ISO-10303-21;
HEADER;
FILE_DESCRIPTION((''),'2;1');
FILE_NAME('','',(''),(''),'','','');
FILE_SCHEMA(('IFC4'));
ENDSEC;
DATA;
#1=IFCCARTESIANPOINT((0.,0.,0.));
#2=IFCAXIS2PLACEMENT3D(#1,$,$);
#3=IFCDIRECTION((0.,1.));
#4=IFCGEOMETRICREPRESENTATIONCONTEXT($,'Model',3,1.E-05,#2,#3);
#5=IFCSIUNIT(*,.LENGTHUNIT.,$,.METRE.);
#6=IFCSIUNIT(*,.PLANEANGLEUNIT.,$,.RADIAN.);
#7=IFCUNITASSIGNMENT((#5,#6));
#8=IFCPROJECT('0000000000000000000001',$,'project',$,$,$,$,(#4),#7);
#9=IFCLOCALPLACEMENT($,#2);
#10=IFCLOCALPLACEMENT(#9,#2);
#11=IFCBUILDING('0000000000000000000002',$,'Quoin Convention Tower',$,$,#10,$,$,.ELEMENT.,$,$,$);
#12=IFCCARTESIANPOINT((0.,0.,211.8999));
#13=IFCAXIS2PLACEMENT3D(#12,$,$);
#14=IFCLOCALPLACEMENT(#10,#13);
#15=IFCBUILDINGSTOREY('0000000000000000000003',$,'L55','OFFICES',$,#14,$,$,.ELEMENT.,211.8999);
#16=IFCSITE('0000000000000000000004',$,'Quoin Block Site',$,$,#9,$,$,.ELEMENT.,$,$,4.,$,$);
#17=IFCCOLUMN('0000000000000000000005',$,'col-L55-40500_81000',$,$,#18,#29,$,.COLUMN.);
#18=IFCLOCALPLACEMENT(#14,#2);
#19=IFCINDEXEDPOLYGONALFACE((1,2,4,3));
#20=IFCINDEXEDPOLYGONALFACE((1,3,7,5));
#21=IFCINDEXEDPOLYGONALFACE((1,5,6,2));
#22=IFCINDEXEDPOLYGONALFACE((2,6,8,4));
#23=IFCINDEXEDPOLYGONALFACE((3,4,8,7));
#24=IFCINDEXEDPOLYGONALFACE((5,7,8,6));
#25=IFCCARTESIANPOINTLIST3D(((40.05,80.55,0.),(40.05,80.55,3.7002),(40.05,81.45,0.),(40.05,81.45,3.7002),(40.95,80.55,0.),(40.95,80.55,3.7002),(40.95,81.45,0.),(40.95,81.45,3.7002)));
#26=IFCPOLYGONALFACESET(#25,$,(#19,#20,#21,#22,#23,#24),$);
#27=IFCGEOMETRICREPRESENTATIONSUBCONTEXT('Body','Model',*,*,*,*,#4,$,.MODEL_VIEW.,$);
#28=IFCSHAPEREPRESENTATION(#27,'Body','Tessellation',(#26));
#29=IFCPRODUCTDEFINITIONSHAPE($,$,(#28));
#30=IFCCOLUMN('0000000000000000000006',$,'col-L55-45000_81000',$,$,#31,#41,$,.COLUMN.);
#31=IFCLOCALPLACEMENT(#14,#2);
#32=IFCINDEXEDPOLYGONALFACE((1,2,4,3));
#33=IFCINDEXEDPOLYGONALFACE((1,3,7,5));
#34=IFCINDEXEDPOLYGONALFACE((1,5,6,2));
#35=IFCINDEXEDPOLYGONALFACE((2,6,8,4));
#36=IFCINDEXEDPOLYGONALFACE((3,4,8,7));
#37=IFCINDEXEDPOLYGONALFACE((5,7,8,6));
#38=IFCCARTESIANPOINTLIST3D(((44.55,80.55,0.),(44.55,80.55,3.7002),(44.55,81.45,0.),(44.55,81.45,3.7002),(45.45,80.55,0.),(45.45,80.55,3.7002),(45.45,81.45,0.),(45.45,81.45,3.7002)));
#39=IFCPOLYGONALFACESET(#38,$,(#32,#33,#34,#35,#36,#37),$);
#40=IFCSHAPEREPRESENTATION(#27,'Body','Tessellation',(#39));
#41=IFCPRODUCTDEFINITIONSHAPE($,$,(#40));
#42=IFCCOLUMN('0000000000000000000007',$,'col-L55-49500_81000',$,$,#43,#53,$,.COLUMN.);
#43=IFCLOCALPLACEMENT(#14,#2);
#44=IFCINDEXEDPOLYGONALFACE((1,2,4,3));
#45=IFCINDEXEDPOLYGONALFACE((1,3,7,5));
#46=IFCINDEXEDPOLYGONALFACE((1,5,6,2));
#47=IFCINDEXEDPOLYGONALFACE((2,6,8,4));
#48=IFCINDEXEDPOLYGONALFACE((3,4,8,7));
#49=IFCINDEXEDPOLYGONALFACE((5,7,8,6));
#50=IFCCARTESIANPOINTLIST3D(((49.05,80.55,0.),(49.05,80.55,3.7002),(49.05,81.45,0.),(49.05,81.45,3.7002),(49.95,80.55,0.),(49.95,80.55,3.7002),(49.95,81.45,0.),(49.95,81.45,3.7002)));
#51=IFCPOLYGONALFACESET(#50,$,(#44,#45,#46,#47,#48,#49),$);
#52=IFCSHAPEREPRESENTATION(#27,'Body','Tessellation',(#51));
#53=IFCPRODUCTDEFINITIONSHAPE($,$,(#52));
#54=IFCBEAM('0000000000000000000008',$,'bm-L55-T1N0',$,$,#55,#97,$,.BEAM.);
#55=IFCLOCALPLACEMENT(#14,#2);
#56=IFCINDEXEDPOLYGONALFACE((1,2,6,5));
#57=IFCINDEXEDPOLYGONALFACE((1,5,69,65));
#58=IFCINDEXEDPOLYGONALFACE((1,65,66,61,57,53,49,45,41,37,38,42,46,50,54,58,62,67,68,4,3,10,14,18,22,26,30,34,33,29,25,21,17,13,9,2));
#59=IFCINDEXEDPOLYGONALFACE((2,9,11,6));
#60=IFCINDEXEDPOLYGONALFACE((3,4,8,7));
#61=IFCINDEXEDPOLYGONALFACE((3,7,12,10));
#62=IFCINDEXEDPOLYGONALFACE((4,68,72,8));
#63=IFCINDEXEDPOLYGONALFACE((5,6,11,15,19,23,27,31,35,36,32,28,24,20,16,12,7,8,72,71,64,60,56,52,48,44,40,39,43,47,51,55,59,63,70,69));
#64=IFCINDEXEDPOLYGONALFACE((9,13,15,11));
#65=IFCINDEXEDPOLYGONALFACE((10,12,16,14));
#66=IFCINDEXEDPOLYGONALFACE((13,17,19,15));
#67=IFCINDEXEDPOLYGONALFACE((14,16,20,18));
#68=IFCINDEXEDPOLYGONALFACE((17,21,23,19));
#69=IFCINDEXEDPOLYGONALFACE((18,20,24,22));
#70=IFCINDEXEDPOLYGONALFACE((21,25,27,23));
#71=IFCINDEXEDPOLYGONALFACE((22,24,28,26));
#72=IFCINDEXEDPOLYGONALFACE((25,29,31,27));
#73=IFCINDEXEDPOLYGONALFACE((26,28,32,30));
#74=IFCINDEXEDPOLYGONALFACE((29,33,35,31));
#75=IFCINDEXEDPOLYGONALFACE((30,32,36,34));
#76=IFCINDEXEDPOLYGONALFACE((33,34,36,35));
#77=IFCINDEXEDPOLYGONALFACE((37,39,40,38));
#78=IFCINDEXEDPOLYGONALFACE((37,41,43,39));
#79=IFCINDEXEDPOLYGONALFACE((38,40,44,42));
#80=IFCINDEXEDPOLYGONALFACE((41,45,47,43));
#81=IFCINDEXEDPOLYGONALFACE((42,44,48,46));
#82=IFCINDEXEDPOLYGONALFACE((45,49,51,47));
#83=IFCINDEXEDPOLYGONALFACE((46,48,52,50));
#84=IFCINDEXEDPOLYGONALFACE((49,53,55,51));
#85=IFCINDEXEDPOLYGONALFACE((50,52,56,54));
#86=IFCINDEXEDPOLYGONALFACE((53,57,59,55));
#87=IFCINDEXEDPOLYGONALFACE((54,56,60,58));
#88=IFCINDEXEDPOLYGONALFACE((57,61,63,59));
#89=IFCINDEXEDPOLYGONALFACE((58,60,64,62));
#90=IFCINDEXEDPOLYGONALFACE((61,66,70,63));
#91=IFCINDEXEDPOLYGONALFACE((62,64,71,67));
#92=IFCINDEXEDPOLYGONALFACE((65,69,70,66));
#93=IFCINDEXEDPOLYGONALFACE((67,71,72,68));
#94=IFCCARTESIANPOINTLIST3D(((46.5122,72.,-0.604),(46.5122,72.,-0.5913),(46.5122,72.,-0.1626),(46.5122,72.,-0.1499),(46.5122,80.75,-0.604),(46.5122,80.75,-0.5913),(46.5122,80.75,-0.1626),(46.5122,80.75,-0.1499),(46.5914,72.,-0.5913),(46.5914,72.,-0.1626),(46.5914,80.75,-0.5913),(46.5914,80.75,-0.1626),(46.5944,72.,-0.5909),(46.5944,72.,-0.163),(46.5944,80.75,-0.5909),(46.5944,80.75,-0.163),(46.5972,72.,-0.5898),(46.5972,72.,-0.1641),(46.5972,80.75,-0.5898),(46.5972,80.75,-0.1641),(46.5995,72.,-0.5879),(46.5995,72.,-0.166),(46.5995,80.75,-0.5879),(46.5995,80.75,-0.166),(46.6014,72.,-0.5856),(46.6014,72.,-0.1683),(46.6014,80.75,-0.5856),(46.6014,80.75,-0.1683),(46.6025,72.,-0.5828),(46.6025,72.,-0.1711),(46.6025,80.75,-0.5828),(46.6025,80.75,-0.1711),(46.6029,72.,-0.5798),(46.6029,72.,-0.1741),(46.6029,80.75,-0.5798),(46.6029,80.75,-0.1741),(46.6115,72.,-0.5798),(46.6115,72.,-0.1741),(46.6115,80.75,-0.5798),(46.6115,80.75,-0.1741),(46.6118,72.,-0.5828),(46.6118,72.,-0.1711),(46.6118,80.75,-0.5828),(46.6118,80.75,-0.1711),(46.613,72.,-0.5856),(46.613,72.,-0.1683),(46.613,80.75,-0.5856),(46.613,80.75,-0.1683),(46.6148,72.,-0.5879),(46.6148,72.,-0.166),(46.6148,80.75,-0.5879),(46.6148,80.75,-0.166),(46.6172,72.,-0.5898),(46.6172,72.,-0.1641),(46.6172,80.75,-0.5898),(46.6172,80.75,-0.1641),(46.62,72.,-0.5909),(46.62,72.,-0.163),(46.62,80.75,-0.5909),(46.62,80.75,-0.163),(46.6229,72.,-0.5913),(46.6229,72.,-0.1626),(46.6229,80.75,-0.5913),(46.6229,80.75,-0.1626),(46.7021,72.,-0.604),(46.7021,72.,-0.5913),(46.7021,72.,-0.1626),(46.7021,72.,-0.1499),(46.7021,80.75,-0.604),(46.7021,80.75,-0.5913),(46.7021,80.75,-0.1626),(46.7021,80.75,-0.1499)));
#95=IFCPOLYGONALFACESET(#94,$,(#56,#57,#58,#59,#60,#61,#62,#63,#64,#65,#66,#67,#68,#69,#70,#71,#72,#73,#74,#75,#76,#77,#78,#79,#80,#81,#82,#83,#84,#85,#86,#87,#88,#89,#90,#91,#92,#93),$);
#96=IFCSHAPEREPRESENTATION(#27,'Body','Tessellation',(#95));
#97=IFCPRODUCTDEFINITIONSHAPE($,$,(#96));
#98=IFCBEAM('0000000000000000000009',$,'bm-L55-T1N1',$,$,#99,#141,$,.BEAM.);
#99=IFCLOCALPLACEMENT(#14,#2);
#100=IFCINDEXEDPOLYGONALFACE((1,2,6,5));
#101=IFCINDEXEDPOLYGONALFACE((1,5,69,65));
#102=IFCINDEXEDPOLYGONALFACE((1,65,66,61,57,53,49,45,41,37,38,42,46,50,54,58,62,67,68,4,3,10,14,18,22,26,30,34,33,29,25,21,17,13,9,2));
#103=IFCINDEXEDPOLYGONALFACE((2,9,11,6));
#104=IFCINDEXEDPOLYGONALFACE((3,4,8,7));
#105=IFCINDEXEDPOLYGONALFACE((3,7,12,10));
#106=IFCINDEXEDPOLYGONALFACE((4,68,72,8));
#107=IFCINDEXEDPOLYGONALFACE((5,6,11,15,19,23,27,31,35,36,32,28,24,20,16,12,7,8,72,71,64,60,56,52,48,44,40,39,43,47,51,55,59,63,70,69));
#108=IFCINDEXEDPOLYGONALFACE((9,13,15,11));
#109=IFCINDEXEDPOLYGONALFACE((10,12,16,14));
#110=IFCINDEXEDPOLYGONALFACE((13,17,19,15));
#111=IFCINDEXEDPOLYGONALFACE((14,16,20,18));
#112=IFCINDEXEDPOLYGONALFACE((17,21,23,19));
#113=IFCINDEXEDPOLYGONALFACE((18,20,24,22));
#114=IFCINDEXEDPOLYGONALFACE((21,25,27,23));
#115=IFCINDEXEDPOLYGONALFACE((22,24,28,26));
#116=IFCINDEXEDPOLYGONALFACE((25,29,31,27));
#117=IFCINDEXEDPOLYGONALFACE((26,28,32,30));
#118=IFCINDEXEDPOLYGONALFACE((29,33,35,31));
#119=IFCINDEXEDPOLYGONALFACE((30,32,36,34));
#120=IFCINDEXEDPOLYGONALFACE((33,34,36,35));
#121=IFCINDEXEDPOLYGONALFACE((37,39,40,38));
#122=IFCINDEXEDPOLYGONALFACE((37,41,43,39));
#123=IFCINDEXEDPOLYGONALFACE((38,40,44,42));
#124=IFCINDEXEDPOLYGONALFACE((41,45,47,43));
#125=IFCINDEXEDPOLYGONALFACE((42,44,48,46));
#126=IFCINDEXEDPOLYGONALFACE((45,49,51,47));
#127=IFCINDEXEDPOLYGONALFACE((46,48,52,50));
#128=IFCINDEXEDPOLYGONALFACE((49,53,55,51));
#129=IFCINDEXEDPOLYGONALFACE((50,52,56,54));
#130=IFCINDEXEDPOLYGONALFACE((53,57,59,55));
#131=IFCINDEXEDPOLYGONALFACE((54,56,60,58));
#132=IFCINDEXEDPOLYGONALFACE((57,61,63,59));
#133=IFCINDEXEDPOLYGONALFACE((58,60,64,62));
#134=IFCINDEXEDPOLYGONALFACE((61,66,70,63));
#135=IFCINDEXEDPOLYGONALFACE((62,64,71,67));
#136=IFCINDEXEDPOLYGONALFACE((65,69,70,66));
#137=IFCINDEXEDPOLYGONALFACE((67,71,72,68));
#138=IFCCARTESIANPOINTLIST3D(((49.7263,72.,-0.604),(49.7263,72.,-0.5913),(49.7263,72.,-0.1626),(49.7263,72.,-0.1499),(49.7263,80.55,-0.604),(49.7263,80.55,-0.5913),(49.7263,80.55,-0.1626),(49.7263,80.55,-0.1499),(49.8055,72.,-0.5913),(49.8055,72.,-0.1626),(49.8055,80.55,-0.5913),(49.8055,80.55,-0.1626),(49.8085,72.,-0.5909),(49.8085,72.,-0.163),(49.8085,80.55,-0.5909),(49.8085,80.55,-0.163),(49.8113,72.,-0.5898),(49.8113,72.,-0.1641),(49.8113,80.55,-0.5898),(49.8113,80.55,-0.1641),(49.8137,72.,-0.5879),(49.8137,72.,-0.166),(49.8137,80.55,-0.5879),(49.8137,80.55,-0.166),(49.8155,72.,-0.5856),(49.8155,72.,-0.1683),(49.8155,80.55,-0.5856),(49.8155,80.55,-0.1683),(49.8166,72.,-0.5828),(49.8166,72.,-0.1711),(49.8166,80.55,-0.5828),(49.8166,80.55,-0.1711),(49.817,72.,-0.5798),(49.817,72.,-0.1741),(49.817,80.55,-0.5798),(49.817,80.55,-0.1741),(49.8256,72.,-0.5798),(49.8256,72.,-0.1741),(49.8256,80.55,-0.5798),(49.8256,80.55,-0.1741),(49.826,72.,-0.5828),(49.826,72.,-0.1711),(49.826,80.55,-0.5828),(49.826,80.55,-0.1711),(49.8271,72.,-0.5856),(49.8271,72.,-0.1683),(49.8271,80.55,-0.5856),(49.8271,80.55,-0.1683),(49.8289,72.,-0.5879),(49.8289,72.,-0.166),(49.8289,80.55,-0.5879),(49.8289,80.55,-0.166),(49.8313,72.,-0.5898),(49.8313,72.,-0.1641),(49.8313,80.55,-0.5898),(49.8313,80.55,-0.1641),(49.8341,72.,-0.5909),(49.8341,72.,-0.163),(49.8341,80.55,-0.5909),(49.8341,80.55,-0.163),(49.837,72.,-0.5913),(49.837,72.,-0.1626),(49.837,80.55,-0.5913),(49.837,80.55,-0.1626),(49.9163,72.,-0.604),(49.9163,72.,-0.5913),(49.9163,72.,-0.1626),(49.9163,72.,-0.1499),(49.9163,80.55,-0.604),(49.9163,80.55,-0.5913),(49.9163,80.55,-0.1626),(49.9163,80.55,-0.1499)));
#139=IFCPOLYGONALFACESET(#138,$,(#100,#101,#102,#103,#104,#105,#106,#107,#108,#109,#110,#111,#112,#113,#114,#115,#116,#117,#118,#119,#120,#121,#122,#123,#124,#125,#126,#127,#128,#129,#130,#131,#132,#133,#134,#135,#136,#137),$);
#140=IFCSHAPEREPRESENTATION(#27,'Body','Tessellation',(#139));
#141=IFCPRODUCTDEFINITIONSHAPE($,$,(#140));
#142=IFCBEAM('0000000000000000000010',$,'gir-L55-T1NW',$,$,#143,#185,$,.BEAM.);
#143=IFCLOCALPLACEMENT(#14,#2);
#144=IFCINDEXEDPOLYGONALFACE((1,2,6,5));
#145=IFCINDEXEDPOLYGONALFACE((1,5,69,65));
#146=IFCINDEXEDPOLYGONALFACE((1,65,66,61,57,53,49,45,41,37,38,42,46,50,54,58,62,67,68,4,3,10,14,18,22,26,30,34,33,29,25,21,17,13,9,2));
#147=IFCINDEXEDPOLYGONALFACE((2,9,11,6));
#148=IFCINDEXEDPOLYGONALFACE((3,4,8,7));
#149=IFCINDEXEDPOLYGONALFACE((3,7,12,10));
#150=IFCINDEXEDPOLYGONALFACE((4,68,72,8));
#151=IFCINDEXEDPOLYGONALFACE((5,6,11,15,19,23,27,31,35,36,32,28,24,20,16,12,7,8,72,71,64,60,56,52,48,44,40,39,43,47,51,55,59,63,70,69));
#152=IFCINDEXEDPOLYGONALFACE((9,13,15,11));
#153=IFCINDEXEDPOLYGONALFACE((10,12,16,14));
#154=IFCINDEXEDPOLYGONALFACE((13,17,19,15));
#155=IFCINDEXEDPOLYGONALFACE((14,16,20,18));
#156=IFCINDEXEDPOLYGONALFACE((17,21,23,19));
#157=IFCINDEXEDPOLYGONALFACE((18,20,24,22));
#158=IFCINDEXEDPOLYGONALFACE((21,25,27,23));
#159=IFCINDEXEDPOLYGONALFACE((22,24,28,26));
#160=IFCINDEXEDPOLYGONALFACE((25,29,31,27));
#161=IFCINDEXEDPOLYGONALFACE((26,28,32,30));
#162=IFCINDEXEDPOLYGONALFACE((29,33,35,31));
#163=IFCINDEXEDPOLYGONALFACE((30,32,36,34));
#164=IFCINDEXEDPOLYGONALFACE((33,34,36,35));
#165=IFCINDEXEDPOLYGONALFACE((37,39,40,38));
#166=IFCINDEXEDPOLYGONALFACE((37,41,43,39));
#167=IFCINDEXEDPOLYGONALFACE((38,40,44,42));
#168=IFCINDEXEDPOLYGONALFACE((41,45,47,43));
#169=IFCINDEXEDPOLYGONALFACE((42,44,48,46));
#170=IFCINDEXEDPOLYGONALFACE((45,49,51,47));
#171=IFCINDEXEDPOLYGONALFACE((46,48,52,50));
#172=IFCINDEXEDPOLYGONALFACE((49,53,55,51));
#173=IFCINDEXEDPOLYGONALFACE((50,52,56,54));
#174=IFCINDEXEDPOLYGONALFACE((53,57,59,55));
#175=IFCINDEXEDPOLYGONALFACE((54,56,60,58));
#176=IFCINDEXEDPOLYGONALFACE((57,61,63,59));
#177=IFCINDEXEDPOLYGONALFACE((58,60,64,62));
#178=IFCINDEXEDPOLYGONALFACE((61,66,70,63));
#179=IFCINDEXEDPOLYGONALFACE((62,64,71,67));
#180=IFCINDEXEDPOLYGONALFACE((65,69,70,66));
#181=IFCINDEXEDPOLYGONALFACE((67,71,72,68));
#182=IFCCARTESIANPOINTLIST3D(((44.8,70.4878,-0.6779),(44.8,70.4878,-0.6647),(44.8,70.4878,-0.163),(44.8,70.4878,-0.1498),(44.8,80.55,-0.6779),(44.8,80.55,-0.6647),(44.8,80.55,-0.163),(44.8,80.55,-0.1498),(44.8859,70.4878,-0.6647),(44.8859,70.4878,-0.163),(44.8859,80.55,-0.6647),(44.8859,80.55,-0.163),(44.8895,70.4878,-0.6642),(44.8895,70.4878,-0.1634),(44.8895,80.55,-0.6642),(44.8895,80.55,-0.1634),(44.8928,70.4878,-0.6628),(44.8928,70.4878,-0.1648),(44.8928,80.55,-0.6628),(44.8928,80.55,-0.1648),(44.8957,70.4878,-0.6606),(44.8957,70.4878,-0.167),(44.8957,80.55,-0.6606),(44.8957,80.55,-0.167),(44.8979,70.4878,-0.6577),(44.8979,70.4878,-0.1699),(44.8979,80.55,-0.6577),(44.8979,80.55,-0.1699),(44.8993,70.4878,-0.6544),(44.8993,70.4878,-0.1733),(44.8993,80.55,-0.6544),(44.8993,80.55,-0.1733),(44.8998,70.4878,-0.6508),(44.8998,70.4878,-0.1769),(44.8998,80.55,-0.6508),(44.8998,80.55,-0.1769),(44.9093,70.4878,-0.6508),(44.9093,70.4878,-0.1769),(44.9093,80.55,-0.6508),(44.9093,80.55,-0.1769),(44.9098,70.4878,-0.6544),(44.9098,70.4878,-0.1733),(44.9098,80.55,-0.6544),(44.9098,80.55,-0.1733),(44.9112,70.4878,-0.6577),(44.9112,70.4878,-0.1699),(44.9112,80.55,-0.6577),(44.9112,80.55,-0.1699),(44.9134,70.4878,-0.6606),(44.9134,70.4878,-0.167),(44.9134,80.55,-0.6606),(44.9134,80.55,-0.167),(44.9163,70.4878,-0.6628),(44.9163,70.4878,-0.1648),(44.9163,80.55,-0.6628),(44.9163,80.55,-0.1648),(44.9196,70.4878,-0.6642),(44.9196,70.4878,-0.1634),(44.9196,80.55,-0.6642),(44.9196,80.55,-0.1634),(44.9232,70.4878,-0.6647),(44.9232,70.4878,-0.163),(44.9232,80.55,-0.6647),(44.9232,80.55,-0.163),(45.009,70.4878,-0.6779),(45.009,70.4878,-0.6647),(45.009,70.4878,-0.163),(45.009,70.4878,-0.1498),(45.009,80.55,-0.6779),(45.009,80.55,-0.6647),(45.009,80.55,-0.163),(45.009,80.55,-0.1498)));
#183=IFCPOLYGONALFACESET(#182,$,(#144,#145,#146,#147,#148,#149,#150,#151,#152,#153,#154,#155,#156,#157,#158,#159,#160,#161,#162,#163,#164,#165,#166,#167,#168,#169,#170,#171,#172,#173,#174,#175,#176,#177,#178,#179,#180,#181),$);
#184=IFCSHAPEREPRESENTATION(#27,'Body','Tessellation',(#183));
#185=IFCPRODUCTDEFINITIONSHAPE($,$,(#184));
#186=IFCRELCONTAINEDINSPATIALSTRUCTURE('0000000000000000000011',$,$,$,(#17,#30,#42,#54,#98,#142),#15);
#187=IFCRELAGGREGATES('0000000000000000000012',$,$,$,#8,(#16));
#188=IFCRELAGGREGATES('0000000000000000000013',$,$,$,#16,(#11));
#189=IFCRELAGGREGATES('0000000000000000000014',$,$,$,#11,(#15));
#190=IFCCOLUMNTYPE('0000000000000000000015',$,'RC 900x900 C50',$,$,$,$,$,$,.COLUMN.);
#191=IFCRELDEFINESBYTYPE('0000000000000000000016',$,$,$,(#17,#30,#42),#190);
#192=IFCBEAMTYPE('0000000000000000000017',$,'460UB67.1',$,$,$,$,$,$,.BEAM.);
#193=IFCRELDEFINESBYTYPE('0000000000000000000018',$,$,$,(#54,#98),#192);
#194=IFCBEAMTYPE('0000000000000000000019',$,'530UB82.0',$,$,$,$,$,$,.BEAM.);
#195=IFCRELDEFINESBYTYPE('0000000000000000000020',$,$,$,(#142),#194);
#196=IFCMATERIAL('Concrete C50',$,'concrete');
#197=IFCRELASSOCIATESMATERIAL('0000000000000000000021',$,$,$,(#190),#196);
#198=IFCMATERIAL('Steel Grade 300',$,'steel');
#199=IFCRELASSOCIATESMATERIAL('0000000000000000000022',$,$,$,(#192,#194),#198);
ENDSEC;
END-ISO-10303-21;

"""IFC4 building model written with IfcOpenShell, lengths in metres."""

from ifc_helpers import new_model, si_unit, direction, frame, origin, origin_2d, place, context, subcontext, project, spatial, rectangle, i_section, extrude, material, material_profile, profile_set, type_object, element, save


model = new_model("IFC4")

# Units and contexts
model_context = context("Model", 3, precision=1e-05, world=origin(), true_north=direction((0.0, 1.0)))
body_context = subcontext(model_context, "Body", "Model", "MODEL_VIEW")
ifc_project = project(units=[si_unit("LENGTHUNIT", "METRE"), si_unit("PLANEANGLEUNIT", "RADIAN")], contexts=[model_context])

# Site, building, storey
site_placement = place(None, origin())
site = spatial("IfcSite", under=ifc_project, at=site_placement, Name="Quoin Block Site", CompositionType="ELEMENT", RefElevation=4.0)
building_placement = place(site_placement, origin())
building = spatial("IfcBuilding", under=site, at=building_placement, Name="Quoin Convention Tower", CompositionType="ELEMENT")
storey_placement = place(building_placement, frame((0.0, 0.0, 211.8999)))
storey = spatial("IfcBuildingStorey", under=building, at=storey_placement, Name="L55", Description="OFFICES", CompositionType="ELEMENT", Elevation=211.8999)

# Columns
ifc_material_1 = material(Name="Concrete C50", Category="concrete")
ifc_material_profile_1 = material_profile(ifc_material_1, rectangle(XDim=0.8999, YDim=0.8999, at=origin_2d()), Name="RC 900x900")
ifc_profile_set_1 = profile_set([ifc_material_profile_1], Name="Concrete C50")
column_type = type_object("IfcColumnType", Name="RC 900x900 C50", PredefinedType="COLUMN", material=ifc_profile_set_1)
for number, where, z_axis, x_axis, name in (
    (1, (40.5, 81.0, 0.0), (0.0, 0.0, 1.0), (1.0, 0.0, 0.0), "col-L55-40500_81000"),
    (2, (45.0, 81.0, 0.0), (0.0, 0.0, 1.0), (1.0, 0.0, 0.0), "col-L55-45000_81000"),
    (3, (49.5, 81.0, 0.0), (0.0, 0.0, 1.0), (1.0, 0.0, 0.0), "col-L55-49500_81000"),
):
    element("IfcColumn", number, at=place(storey_placement, frame(where, z_axis=z_axis, x_axis=x_axis)), inside=storey, type_object=column_type, Name=name, PredefinedType="COLUMN", context=body_context, shape_type="SweptSolid", body=[
        extrude(rectangle(XDim=0.8999, YDim=0.8999, at=origin_2d()), origin(), (0.0, 0.0, 1.0), 3.7002),
    ])

# Beams
ifc_material_2 = material(Name="Steel Grade 300", Category="steel")
ifc_material_profile_2 = material_profile(ifc_material_2, i_section(OverallWidth=0.1899, OverallDepth=0.4541, WebThickness=0.0085, FlangeThickness=0.0127, FilletRadius=0.0115, at=origin_2d()), Name="460UB67.1")
ifc_profile_set_2 = profile_set([ifc_material_profile_2], Name="Steel Grade 300")
beam_type_1 = type_object("IfcBeamType", Name="460UB67.1", PredefinedType="BEAM", material=ifc_profile_set_2)
beam_1_placement = place(storey_placement, frame((46.6072, 72.0, -0.377), z_axis=(0.0, 1.0, 0.0), x_axis=(-1.0, 0.0, 0.0)))
element("IfcBeam", 4, at=beam_1_placement, inside=storey, type_object=beam_type_1, Name="bm-L55-T1N0", PredefinedType="BEAM", context=body_context, shape_type="SweptSolid", body=[
    extrude(i_section(OverallWidth=0.1899, OverallDepth=0.4541, WebThickness=0.0085, FlangeThickness=0.0127, FilletRadius=0.0115, at=origin_2d()), origin(), (0.0, 0.0, 1.0), 8.75),
])
beam_2_placement = place(storey_placement, frame((49.8213, 72.0, -0.377), z_axis=(0.0, 1.0, 0.0), x_axis=(-1.0, 0.0, 0.0)))
element("IfcBeam", 5, at=beam_2_placement, inside=storey, type_object=beam_type_1, Name="bm-L55-T1N1", PredefinedType="BEAM", context=body_context, shape_type="SweptSolid", body=[
    extrude(i_section(OverallWidth=0.1899, OverallDepth=0.4541, WebThickness=0.0085, FlangeThickness=0.0127, FilletRadius=0.0115, at=origin_2d()), origin(), (0.0, 0.0, 1.0), 8.55),
])
ifc_material_profile_3 = material_profile(ifc_material_2, i_section(OverallWidth=0.209, OverallDepth=0.5281, WebThickness=0.0095, FlangeThickness=0.0132, FilletRadius=0.0139, at=origin_2d()), Name="530UB82.0")
ifc_profile_set_3 = profile_set([ifc_material_profile_3], Name="Steel Grade 300")
beam_type_2 = type_object("IfcBeamType", Name="530UB82.0", PredefinedType="BEAM", material=ifc_profile_set_3)
beam_3_placement = place(storey_placement, frame((44.9045, 80.55, -0.4138), z_axis=(0.0, -1.0, 0.0), x_axis=(1.0, 0.0, 0.0)))
element("IfcBeam", 6, at=beam_3_placement, inside=storey, type_object=beam_type_2, Name="gir-L55-T1NW", PredefinedType="BEAM", context=body_context, shape_type="SweptSolid", body=[
    extrude(i_section(OverallWidth=0.209, OverallDepth=0.5281, WebThickness=0.0095, FlangeThickness=0.0132, FilletRadius=0.0139, at=origin_2d()), origin(), (0.0, 0.0, 1.0), 10.0623),
])

save(model, "model.ifc")
